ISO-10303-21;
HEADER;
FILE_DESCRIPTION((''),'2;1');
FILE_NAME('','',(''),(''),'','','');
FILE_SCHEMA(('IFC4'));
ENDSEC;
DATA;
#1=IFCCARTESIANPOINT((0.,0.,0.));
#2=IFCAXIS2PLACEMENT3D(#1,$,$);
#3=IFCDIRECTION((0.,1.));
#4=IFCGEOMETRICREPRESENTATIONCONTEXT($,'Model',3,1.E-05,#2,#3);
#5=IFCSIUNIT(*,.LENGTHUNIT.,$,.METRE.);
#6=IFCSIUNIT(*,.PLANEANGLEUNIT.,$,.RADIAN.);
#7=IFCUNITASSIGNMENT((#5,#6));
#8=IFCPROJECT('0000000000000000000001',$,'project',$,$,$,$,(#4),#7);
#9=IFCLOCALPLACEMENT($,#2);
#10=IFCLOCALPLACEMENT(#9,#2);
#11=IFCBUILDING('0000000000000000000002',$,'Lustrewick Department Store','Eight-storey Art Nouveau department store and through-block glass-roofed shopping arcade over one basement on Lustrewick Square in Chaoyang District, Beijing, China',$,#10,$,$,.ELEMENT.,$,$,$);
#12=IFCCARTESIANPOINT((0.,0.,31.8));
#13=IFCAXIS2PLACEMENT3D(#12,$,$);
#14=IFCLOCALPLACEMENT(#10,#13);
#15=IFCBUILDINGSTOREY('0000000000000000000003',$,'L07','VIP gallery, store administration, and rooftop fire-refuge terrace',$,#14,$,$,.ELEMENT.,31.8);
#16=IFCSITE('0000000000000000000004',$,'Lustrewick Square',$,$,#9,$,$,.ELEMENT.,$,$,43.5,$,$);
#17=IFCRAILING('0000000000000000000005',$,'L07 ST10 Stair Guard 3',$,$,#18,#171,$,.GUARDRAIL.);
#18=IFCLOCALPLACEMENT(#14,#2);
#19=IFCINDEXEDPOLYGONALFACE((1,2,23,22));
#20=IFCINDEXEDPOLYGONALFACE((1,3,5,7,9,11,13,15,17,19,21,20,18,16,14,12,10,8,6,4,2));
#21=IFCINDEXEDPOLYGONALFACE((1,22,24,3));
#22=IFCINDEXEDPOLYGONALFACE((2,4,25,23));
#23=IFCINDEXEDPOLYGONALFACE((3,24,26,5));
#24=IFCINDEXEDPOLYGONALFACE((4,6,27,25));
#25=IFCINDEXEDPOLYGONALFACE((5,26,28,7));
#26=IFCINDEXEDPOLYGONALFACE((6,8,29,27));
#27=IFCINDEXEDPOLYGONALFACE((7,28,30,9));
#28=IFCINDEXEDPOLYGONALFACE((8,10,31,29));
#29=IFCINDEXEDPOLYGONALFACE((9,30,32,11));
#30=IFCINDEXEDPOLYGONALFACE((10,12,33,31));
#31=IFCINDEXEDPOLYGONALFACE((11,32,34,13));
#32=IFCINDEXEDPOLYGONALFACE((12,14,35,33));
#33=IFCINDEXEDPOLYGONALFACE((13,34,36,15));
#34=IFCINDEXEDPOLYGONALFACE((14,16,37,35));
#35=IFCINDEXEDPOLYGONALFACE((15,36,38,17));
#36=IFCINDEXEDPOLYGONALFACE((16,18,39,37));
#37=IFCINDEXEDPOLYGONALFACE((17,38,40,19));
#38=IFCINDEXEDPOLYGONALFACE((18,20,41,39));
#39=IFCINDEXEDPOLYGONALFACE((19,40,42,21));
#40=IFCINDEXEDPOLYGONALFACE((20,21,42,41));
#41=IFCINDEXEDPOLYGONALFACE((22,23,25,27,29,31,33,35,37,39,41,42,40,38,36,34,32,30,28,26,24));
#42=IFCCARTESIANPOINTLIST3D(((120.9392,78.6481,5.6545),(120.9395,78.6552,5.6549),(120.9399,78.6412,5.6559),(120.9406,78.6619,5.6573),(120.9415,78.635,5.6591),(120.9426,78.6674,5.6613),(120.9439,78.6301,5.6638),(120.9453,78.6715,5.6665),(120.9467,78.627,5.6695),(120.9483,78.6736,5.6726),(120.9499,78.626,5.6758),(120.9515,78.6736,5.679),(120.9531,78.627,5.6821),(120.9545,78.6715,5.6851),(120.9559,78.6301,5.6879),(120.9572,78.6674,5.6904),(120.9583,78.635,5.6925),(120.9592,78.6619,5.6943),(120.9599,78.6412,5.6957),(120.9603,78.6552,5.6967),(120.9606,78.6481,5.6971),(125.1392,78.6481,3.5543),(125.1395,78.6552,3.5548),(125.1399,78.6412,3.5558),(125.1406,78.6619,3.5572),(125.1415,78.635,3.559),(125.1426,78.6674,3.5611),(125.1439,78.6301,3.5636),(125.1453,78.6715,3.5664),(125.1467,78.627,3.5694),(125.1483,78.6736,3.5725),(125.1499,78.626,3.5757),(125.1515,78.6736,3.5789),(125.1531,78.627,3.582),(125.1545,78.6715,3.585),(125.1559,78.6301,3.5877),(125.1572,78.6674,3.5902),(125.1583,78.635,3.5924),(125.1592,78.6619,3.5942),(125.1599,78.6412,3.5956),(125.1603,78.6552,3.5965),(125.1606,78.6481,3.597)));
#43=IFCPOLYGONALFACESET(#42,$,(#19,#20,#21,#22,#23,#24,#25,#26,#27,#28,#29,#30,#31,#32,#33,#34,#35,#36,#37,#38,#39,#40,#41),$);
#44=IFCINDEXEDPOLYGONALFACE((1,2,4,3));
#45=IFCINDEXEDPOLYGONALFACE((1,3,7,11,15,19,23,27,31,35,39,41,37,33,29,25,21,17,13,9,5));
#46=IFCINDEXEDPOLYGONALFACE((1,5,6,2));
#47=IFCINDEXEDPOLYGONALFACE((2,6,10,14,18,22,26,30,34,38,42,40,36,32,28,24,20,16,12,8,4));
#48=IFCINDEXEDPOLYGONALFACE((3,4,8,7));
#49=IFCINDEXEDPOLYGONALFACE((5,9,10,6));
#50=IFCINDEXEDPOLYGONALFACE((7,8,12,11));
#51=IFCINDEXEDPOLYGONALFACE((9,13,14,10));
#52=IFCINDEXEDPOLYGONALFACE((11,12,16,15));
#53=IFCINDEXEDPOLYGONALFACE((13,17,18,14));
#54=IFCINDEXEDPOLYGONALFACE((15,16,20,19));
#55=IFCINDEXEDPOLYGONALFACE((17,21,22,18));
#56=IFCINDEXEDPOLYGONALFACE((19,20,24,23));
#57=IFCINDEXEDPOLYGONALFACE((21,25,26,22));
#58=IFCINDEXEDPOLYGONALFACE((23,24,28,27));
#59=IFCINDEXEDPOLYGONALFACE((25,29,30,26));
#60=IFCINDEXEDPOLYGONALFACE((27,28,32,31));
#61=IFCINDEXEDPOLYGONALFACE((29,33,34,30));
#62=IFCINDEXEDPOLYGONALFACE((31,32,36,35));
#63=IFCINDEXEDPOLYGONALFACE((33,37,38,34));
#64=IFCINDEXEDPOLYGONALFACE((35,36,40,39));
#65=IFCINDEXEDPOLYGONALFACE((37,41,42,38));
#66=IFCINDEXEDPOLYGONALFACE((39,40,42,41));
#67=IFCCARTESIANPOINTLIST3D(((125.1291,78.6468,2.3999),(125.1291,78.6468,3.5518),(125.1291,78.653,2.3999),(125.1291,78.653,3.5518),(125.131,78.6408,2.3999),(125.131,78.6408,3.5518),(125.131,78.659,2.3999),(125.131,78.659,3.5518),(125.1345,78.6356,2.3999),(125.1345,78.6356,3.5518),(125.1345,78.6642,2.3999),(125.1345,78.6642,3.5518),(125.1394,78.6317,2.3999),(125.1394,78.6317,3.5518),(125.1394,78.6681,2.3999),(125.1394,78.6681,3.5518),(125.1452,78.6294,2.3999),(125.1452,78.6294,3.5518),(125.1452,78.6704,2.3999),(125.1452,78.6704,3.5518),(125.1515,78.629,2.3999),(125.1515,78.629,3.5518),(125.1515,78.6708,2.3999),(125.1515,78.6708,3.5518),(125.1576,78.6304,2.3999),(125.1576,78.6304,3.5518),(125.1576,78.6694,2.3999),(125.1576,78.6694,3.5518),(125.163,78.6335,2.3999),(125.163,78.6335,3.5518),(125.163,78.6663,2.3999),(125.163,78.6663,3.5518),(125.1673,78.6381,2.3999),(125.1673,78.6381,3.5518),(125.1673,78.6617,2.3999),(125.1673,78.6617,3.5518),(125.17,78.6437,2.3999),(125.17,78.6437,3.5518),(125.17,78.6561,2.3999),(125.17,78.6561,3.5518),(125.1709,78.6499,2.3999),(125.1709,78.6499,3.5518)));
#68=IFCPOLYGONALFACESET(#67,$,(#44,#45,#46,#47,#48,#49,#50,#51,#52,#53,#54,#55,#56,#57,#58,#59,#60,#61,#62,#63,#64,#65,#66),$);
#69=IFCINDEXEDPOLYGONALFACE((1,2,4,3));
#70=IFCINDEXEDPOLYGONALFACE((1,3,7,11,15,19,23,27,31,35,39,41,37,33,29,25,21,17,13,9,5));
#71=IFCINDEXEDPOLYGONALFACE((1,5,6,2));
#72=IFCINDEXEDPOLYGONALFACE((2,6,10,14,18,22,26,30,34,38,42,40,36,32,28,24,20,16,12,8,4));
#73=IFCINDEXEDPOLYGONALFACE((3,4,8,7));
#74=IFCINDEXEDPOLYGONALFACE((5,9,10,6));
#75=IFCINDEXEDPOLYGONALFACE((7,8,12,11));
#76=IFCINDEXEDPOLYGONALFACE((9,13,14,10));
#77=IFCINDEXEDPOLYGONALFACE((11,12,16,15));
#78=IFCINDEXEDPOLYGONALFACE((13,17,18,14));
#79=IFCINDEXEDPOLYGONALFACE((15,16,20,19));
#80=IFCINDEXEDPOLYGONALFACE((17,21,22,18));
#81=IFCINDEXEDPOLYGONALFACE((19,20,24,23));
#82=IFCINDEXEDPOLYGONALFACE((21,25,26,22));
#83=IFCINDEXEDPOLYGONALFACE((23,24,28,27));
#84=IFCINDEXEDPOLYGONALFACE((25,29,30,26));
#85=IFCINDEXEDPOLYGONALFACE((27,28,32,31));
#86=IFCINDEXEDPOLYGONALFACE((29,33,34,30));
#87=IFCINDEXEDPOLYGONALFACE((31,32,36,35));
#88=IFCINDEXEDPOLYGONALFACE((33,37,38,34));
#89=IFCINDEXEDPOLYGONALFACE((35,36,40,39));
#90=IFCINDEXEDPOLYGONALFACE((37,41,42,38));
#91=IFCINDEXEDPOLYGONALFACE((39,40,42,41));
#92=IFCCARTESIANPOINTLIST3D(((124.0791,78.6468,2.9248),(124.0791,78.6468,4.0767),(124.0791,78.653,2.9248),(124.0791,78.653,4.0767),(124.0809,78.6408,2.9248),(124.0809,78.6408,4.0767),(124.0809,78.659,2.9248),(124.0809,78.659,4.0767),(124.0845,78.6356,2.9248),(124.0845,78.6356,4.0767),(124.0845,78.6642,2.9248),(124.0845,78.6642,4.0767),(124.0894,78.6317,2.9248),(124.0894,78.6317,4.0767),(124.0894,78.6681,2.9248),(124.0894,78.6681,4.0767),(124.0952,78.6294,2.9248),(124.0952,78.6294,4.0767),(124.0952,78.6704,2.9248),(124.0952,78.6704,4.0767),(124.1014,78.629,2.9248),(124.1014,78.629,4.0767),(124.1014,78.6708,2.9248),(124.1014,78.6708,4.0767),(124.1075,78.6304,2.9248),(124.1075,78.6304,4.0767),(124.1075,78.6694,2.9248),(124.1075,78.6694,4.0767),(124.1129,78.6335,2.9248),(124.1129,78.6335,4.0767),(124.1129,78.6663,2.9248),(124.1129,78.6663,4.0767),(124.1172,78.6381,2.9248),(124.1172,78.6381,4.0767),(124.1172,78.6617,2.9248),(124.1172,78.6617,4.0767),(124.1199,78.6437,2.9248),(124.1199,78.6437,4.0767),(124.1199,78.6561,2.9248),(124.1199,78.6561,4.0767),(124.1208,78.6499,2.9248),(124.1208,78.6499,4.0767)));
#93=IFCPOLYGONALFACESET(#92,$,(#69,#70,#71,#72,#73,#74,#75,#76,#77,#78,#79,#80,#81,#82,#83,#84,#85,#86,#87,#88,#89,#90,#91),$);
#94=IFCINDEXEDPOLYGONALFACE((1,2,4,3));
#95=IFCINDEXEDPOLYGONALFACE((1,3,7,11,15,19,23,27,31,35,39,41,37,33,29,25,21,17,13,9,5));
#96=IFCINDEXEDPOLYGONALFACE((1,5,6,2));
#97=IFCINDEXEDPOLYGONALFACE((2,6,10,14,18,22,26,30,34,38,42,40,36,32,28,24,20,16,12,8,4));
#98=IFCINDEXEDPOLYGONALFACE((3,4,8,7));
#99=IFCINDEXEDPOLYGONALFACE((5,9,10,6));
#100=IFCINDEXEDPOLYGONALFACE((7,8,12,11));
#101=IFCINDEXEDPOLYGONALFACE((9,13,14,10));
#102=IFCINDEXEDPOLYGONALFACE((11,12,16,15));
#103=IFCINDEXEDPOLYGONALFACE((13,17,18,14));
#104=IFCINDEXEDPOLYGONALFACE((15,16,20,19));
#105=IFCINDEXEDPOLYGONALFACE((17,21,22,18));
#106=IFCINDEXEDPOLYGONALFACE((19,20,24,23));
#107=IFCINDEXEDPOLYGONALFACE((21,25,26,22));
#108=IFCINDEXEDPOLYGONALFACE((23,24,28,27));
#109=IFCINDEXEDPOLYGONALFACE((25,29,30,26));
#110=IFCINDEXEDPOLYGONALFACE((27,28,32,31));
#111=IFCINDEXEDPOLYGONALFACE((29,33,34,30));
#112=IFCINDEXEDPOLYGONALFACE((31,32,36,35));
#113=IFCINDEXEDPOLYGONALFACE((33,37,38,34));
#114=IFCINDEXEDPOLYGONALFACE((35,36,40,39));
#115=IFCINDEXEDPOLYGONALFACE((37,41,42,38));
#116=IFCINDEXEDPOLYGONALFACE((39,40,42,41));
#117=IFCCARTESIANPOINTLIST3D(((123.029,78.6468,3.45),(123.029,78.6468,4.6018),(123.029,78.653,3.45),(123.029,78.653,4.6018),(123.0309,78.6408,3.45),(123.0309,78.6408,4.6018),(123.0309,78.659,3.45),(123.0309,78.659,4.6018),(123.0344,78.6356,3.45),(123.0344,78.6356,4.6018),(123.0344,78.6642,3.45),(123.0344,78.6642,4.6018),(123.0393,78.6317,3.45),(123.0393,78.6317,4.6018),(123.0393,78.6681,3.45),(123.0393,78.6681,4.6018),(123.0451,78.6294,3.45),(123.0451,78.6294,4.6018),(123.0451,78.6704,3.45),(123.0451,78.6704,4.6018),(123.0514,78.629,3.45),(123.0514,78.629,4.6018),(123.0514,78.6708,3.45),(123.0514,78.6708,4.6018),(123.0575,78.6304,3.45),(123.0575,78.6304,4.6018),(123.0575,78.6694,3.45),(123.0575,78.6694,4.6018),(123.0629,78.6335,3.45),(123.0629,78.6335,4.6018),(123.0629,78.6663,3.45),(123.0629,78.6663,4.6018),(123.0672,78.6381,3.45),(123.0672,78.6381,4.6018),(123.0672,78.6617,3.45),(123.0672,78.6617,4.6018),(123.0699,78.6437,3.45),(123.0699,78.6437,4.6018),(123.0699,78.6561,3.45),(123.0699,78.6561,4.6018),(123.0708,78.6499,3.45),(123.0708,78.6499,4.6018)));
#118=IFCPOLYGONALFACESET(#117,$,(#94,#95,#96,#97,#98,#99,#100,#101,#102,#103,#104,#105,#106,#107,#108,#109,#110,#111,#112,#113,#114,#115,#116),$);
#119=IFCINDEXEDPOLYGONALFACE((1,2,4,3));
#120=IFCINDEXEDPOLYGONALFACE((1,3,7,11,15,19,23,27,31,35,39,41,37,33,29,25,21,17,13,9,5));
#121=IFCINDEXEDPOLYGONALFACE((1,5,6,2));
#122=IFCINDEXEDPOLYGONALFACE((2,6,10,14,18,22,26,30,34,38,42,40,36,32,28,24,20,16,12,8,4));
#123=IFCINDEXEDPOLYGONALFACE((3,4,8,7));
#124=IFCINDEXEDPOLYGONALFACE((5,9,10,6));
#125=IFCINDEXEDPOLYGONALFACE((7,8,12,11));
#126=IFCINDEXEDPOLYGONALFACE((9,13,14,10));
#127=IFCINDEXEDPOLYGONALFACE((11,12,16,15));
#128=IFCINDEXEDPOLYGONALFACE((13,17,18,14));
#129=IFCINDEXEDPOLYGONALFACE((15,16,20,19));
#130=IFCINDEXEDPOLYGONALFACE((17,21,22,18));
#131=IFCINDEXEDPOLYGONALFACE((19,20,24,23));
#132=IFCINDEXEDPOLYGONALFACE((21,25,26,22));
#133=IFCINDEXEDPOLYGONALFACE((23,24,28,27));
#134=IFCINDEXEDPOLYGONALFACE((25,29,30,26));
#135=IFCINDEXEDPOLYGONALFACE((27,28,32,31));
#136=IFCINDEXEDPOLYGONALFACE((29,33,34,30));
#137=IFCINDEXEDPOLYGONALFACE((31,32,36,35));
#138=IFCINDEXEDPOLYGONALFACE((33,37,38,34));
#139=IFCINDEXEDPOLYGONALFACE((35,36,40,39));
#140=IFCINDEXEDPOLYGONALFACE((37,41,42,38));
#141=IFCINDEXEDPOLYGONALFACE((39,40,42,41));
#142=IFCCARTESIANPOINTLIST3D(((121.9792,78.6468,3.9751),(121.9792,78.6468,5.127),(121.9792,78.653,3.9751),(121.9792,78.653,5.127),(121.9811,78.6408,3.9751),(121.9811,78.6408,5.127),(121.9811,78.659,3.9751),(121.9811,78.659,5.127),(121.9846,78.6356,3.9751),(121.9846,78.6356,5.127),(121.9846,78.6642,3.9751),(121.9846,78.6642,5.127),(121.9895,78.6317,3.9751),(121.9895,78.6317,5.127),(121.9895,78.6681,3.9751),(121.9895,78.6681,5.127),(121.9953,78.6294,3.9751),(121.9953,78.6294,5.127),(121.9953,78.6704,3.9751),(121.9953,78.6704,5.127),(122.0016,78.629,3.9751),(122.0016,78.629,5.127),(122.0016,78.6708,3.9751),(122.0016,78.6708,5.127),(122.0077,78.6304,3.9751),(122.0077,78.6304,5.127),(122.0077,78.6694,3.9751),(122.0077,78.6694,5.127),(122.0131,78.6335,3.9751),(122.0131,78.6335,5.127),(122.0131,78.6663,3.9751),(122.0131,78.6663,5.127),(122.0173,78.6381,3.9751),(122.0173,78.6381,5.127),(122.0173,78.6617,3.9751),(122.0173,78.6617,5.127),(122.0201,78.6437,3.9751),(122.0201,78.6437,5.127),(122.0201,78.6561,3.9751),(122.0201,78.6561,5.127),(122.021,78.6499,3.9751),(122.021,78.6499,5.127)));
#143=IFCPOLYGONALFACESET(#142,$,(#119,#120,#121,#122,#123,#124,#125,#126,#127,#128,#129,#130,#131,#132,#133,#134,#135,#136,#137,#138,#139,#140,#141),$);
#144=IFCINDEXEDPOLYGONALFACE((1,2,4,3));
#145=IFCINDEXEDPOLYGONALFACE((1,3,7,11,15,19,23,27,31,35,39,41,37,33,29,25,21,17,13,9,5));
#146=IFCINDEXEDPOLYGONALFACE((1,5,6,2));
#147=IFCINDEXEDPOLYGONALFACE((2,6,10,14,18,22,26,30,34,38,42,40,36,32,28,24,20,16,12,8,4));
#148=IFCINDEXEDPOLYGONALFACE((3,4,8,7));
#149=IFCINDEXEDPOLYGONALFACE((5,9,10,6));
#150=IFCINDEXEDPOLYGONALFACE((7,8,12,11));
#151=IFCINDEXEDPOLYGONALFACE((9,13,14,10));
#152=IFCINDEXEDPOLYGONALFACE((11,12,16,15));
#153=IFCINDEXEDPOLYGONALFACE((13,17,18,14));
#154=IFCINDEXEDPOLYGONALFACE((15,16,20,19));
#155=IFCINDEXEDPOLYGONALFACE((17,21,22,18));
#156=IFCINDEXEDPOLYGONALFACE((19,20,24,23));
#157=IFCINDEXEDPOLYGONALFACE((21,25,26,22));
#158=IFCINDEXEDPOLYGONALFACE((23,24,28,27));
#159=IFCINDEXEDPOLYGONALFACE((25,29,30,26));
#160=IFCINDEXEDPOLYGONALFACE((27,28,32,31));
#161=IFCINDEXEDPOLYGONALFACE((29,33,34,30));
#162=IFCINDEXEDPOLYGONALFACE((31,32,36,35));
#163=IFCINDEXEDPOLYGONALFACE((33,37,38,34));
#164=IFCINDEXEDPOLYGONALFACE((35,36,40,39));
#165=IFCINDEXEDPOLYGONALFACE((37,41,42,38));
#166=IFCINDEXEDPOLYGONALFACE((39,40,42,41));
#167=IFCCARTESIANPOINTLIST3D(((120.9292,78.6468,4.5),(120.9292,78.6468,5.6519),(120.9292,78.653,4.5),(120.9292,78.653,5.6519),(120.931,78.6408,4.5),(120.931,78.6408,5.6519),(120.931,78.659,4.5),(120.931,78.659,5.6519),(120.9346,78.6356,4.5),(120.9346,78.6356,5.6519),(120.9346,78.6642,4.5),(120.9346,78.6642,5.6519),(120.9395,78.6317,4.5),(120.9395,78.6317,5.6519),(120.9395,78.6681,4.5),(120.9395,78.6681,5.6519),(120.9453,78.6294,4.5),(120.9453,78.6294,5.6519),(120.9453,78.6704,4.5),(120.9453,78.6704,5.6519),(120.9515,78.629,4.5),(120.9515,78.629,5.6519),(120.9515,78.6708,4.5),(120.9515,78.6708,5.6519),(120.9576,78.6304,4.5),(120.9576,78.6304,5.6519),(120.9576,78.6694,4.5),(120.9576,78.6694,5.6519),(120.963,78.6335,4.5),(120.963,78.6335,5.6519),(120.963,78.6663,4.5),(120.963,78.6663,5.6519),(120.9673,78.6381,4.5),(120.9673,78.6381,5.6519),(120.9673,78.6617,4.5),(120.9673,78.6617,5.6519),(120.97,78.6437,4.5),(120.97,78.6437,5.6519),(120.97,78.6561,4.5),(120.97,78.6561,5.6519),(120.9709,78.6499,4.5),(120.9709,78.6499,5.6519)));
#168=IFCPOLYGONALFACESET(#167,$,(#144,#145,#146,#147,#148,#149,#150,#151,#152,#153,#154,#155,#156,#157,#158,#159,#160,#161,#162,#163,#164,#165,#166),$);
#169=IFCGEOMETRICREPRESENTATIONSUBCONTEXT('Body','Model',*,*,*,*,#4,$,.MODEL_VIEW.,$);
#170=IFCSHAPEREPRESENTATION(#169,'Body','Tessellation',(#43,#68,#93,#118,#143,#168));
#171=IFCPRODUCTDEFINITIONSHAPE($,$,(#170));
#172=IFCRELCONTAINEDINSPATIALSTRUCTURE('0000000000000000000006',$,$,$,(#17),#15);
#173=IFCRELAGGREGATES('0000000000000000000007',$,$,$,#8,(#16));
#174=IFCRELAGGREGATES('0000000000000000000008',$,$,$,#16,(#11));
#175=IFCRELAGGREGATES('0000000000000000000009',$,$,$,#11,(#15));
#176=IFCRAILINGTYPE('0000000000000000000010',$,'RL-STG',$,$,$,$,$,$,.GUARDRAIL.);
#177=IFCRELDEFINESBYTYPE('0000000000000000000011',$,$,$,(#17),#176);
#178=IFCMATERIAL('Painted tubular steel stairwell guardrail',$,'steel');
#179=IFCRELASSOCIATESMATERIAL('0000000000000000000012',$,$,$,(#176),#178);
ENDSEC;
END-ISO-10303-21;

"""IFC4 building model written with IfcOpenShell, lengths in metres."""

from ifc_helpers import new_model, si_unit, direction, frame, origin, origin_2d, place, context, subcontext, project, spatial, circle, extrude, material, type_object, element, save


model = new_model("IFC4")

# Units and contexts
model_context = context("Model", 3, precision=1e-05, world=origin(), true_north=direction((0.0, 1.0)))
body_context = subcontext(model_context, "Body", "Model", "MODEL_VIEW")
ifc_project = project(units=[si_unit("LENGTHUNIT", "METRE"), si_unit("PLANEANGLEUNIT", "RADIAN")], contexts=[model_context])

# Site, building, storey
site_placement = place(None, origin())
site = spatial("IfcSite", under=ifc_project, at=site_placement, Name="Lustrewick Square", CompositionType="ELEMENT", RefElevation=43.5)
building_placement = place(site_placement, origin())
building = spatial("IfcBuilding", under=site, at=building_placement, Name="Lustrewick Department Store", Description="Eight-storey Art Nouveau department store and through-block glass-roofed shopping arcade over one basement on Lustrewick Square in Chaoyang District, Beijing, China", CompositionType="ELEMENT")
storey_placement = place(building_placement, frame((0.0, 0.0, 31.8)))
storey = spatial("IfcBuildingStorey", under=building, at=storey_placement, Name="L07", Description="VIP gallery, store administration, and rooftop fire-refuge terrace", CompositionType="ELEMENT", Elevation=31.8)

# Railing
ifc_material_1 = material(Name="Painted tubular steel stairwell guardrail", Category="steel")
railing_type_1 = type_object("IfcRailingType", Name="RL-STG", PredefinedType="GUARDRAIL", material=ifc_material_1)
railing_1_placement = place(storey_placement, frame((125.1499, 78.6499, 2.3999)))
element("IfcRailing", 1, at=railing_1_placement, inside=storey, type_object=railing_type_1, Name="L07 ST10 Stair Guard 3", PredefinedType="GUARDRAIL", context=body_context, shape_type="SweptSolid", body=[
    extrude(circle(Radius=0.0239, at=origin_2d()), frame((0.0, 0.0, 1.1758), z_axis=(-0.894417, 0.0, 0.447234), x_axis=(0.0, -1.0, 0.0)), (0.0, 0.0, 1.0), 4.6958),
    extrude(circle(Radius=0.021, at=origin_2d()), origin(), (0.0, 0.0, 1.0), 1.1519),
    extrude(circle(Radius=0.021, at=origin_2d()), frame((-1.05, 0.0, 0.5249)), (0.0, 0.0, 1.0), 1.1519),
    extrude(circle(Radius=0.021, at=origin_2d()), frame((-2.1001, 0.0, 1.05)), (0.0, 0.0, 1.0), 1.1519),
    extrude(circle(Radius=0.021, at=origin_2d()), frame((-3.1499, 0.0, 1.5752)), (0.0, 0.0, 1.0), 1.1519),
    extrude(circle(Radius=0.021, at=origin_2d()), frame((-4.2, 0.0, 2.1001)), (0.0, 0.0, 1.0), 1.1519),
])

save(model, "model.ifc")
